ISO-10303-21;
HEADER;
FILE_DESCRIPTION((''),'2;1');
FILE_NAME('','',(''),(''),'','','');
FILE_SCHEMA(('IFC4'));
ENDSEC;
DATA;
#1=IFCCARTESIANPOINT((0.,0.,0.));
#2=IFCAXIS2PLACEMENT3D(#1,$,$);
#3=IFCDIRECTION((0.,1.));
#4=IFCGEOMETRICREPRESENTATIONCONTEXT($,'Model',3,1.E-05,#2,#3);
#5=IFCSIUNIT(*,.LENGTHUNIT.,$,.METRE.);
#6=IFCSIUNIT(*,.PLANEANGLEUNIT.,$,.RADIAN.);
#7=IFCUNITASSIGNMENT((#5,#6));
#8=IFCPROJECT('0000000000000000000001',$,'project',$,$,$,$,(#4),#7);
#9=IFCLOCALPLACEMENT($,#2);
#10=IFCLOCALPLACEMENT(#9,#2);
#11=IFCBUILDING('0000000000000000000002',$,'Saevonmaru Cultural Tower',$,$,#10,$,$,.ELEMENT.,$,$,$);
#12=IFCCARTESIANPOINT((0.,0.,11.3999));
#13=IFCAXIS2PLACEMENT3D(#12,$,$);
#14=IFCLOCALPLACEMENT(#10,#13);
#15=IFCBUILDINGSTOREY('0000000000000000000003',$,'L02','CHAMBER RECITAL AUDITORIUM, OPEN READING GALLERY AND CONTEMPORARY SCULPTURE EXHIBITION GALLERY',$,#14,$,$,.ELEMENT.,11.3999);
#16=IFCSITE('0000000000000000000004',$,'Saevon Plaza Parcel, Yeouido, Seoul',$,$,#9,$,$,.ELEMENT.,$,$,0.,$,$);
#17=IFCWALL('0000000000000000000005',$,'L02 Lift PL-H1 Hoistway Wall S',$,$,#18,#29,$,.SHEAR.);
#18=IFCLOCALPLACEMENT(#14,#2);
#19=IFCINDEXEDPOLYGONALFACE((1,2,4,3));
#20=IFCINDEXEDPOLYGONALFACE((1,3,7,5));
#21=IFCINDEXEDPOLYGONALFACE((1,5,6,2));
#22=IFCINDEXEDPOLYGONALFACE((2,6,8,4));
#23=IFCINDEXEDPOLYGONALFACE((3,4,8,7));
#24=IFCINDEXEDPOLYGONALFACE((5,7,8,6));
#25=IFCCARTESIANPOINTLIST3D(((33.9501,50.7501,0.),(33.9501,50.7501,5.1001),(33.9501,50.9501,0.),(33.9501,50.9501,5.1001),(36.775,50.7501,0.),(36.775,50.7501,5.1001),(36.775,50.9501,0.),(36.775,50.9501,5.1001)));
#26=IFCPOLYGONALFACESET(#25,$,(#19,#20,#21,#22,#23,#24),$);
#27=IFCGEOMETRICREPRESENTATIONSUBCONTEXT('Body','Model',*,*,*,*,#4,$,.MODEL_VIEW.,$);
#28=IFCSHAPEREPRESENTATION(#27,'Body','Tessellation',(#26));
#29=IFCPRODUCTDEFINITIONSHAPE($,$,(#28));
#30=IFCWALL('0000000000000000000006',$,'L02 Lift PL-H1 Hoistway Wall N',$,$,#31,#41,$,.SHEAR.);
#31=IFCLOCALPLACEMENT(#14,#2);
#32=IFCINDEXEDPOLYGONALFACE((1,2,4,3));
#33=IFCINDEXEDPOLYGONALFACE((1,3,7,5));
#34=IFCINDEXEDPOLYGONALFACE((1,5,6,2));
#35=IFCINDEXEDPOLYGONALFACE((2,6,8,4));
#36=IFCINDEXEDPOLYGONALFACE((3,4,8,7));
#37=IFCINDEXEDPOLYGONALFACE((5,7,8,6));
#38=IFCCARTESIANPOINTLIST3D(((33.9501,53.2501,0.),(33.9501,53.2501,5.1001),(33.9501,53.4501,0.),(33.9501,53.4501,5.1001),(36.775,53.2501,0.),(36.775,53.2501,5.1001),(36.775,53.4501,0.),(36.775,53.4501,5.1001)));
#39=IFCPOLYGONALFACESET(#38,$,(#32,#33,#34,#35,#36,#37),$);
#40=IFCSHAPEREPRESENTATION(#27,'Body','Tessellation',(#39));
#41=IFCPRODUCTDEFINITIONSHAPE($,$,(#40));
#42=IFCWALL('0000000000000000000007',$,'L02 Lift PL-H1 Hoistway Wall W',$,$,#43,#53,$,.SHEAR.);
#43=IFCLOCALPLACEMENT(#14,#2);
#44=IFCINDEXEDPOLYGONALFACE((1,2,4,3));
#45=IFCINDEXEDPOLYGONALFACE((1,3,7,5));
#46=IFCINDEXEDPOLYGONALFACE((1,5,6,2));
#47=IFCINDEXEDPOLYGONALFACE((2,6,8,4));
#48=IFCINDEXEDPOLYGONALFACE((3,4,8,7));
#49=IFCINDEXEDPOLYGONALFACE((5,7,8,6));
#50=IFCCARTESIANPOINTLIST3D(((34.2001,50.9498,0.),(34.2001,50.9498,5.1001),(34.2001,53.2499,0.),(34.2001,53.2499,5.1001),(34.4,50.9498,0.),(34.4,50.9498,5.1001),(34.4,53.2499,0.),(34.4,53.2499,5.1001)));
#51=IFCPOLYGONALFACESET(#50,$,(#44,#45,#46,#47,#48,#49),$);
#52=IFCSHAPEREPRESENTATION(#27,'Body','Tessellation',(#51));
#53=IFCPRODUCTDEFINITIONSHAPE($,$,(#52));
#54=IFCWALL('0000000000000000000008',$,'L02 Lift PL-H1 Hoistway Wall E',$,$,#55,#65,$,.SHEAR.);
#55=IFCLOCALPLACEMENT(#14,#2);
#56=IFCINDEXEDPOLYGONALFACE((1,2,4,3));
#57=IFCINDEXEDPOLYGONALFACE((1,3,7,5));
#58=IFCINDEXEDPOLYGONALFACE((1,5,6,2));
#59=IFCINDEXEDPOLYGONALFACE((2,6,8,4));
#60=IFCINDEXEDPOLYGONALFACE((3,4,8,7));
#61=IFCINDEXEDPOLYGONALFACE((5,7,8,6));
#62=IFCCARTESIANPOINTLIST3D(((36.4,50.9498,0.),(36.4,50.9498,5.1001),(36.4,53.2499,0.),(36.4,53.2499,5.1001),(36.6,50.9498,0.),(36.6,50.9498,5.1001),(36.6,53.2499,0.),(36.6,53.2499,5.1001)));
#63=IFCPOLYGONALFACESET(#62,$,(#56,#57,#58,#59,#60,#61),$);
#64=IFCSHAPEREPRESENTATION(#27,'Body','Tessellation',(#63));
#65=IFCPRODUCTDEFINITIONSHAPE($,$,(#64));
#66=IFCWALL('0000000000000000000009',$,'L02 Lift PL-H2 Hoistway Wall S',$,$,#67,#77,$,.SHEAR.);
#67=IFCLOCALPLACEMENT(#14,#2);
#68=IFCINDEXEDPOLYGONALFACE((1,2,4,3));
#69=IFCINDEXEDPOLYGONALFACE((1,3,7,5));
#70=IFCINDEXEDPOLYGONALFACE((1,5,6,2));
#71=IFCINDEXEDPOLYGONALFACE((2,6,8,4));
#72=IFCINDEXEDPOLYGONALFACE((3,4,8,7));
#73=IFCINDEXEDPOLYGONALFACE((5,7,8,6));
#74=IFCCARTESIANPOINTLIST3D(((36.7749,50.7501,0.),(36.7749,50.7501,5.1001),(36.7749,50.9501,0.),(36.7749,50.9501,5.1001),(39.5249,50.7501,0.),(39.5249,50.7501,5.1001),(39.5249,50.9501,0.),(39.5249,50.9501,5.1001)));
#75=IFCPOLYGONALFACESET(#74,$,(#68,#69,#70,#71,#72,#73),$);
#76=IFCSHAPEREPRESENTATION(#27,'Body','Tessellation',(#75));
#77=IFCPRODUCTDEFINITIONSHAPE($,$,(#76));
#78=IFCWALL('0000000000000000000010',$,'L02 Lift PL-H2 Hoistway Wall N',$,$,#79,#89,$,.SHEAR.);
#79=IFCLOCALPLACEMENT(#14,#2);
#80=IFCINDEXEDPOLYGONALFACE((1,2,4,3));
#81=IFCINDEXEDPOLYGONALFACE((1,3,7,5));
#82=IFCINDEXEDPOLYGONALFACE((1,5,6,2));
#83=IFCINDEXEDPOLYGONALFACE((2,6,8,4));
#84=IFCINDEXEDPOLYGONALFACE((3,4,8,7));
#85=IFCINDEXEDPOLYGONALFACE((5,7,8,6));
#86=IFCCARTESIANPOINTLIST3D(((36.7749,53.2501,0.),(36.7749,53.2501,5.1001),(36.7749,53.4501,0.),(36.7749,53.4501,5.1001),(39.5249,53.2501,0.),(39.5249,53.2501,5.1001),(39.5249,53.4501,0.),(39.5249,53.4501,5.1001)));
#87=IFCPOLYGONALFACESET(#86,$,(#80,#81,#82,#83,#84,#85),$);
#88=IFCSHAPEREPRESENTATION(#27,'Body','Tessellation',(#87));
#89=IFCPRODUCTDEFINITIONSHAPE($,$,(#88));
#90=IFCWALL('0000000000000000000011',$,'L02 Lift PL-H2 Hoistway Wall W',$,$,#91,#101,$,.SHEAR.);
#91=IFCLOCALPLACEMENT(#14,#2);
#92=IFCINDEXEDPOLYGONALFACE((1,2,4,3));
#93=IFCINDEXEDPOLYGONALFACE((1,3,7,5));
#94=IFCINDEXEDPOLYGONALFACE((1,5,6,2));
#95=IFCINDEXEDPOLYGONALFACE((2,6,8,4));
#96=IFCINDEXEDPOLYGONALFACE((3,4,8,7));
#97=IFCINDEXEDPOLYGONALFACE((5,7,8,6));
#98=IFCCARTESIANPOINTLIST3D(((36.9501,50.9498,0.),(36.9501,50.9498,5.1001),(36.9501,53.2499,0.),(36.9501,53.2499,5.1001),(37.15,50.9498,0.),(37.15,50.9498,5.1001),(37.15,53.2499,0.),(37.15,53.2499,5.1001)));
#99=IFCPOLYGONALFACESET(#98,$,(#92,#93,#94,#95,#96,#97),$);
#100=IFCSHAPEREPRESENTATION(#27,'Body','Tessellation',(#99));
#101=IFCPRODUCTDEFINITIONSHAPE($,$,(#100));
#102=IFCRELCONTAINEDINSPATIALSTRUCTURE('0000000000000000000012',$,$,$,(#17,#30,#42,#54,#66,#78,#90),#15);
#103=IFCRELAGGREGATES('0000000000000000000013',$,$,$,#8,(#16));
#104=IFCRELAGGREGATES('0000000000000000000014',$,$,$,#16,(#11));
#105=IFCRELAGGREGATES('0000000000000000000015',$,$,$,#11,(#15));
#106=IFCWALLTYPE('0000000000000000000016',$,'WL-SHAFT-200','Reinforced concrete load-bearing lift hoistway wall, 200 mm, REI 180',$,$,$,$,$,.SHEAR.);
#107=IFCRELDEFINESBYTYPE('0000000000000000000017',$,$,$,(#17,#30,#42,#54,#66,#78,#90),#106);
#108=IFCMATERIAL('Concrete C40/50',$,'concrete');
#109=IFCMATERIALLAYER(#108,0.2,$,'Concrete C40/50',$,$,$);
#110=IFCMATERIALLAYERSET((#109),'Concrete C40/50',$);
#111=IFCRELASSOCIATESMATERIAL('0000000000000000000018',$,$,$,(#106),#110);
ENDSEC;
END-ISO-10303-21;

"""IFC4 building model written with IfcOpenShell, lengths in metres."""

from ifc_helpers import new_model, si_unit, direction, frame, frame_2d, origin, place, context, subcontext, project, spatial, rectangle, extrude, material, layer, layer_set, type_object, element, save


model = new_model("IFC4")

# Units and contexts
model_context = context("Model", 3, precision=1e-05, world=origin(), true_north=direction((0.0, 1.0)))
body_context = subcontext(model_context, "Body", "Model", "MODEL_VIEW")
ifc_project = project(units=[si_unit("LENGTHUNIT", "METRE"), si_unit("PLANEANGLEUNIT", "RADIAN")], contexts=[model_context])

# Site, building, storey
site_placement = place(None, origin())
site = spatial("IfcSite", under=ifc_project, at=site_placement, Name="Saevon Plaza Parcel, Yeouido, Seoul", CompositionType="ELEMENT", RefElevation=0.0)
building_placement = place(site_placement, origin())
building = spatial("IfcBuilding", under=site, at=building_placement, Name="Saevonmaru Cultural Tower", CompositionType="ELEMENT")
storey_placement = place(building_placement, frame((0.0, 0.0, 11.3999)))
storey = spatial("IfcBuildingStorey", under=building, at=storey_placement, Name="L02", Description="CHAMBER RECITAL AUDITORIUM, OPEN READING GALLERY AND CONTEMPORARY SCULPTURE EXHIBITION GALLERY", CompositionType="ELEMENT", Elevation=11.3999)

# Walls
ifc_material_1 = material(Name="Concrete C40/50", Category="concrete")
ifc_layer_1 = layer(ifc_material_1, 0.2, Name="Concrete C40/50")
ifc_layer_set_1 = layer_set([ifc_layer_1], Name="Concrete C40/50")
wall_type_1 = type_object("IfcWallType", Name="WL-SHAFT-200", Description="Reinforced concrete load-bearing lift hoistway wall, 200 mm, REI 180", PredefinedType="SHEAR", material=ifc_layer_set_1)
for number, where, z_axis, x_axis, name in (
    (1, (33.95, 50.8501, 0.0), (0.0, 0.0, 1.0), (1.0, 0.0, 0.0), "L02 Lift PL-H1 Hoistway Wall S"),
    (2, (33.95, 53.3501, 0.0), (0.0, 0.0, 1.0), (1.0, 0.0, 0.0), "L02 Lift PL-H1 Hoistway Wall N"),
):
    element("IfcWall", number, at=place(storey_placement, frame(where, z_axis=z_axis, x_axis=x_axis)), inside=storey, type_object=wall_type_1, Name=name, PredefinedType="SHEAR", context=body_context, shape_type="SweptSolid", body=[
        extrude(rectangle(XDim=2.825, YDim=0.2, at=frame_2d((1.4126, 0.0))), origin(), (0.0, 0.0, 1.0), 5.1001),
    ])
for number, where, z_axis, x_axis, name in (
    (3, (34.3, 50.95, 0.0), (0.0, 0.0, 1.0), (0.0, 1.0, 0.0), "L02 Lift PL-H1 Hoistway Wall W"),
    (4, (36.5, 50.95, 0.0), (0.0, 0.0, 1.0), (0.0, 1.0, 0.0), "L02 Lift PL-H1 Hoistway Wall E"),
):
    element("IfcWall", number, at=place(storey_placement, frame(where, z_axis=z_axis, x_axis=x_axis)), inside=storey, type_object=wall_type_1, Name=name, PredefinedType="SHEAR", context=body_context, shape_type="SweptSolid", body=[
        extrude(rectangle(XDim=2.3, YDim=0.2, at=frame_2d((1.1499, 0.0))), origin(), (0.0, 0.0, 1.0), 5.1001),
    ])
for number, where, z_axis, x_axis, name in (
    (5, (36.7749, 50.8501, 0.0), (0.0, 0.0, 1.0), (1.0, 0.0, 0.0), "L02 Lift PL-H2 Hoistway Wall S"),
    (6, (36.7749, 53.3501, 0.0), (0.0, 0.0, 1.0), (1.0, 0.0, 0.0), "L02 Lift PL-H2 Hoistway Wall N"),
):
    element("IfcWall", number, at=place(storey_placement, frame(where, z_axis=z_axis, x_axis=x_axis)), inside=storey, type_object=wall_type_1, Name=name, PredefinedType="SHEAR", context=body_context, shape_type="SweptSolid", body=[
        extrude(rectangle(XDim=2.75, YDim=0.2, at=frame_2d((1.375, 0.0))), origin(), (0.0, 0.0, 1.0), 5.1001),
    ])
wall_1_placement = place(storey_placement, frame((37.05, 50.95, 0.0), z_axis=(0.0, 0.0, 1.0), x_axis=(0.0, 1.0, 0.0)))
element("IfcWall", 7, at=wall_1_placement, inside=storey, type_object=wall_type_1, Name="L02 Lift PL-H2 Hoistway Wall W", PredefinedType="SHEAR", context=body_context, shape_type="SweptSolid", body=[
    extrude(rectangle(XDim=2.3, YDim=0.2, at=frame_2d((1.1499, 0.0))), origin(), (0.0, 0.0, 1.0), 5.1001),
])

save(model, "model.ifc")
